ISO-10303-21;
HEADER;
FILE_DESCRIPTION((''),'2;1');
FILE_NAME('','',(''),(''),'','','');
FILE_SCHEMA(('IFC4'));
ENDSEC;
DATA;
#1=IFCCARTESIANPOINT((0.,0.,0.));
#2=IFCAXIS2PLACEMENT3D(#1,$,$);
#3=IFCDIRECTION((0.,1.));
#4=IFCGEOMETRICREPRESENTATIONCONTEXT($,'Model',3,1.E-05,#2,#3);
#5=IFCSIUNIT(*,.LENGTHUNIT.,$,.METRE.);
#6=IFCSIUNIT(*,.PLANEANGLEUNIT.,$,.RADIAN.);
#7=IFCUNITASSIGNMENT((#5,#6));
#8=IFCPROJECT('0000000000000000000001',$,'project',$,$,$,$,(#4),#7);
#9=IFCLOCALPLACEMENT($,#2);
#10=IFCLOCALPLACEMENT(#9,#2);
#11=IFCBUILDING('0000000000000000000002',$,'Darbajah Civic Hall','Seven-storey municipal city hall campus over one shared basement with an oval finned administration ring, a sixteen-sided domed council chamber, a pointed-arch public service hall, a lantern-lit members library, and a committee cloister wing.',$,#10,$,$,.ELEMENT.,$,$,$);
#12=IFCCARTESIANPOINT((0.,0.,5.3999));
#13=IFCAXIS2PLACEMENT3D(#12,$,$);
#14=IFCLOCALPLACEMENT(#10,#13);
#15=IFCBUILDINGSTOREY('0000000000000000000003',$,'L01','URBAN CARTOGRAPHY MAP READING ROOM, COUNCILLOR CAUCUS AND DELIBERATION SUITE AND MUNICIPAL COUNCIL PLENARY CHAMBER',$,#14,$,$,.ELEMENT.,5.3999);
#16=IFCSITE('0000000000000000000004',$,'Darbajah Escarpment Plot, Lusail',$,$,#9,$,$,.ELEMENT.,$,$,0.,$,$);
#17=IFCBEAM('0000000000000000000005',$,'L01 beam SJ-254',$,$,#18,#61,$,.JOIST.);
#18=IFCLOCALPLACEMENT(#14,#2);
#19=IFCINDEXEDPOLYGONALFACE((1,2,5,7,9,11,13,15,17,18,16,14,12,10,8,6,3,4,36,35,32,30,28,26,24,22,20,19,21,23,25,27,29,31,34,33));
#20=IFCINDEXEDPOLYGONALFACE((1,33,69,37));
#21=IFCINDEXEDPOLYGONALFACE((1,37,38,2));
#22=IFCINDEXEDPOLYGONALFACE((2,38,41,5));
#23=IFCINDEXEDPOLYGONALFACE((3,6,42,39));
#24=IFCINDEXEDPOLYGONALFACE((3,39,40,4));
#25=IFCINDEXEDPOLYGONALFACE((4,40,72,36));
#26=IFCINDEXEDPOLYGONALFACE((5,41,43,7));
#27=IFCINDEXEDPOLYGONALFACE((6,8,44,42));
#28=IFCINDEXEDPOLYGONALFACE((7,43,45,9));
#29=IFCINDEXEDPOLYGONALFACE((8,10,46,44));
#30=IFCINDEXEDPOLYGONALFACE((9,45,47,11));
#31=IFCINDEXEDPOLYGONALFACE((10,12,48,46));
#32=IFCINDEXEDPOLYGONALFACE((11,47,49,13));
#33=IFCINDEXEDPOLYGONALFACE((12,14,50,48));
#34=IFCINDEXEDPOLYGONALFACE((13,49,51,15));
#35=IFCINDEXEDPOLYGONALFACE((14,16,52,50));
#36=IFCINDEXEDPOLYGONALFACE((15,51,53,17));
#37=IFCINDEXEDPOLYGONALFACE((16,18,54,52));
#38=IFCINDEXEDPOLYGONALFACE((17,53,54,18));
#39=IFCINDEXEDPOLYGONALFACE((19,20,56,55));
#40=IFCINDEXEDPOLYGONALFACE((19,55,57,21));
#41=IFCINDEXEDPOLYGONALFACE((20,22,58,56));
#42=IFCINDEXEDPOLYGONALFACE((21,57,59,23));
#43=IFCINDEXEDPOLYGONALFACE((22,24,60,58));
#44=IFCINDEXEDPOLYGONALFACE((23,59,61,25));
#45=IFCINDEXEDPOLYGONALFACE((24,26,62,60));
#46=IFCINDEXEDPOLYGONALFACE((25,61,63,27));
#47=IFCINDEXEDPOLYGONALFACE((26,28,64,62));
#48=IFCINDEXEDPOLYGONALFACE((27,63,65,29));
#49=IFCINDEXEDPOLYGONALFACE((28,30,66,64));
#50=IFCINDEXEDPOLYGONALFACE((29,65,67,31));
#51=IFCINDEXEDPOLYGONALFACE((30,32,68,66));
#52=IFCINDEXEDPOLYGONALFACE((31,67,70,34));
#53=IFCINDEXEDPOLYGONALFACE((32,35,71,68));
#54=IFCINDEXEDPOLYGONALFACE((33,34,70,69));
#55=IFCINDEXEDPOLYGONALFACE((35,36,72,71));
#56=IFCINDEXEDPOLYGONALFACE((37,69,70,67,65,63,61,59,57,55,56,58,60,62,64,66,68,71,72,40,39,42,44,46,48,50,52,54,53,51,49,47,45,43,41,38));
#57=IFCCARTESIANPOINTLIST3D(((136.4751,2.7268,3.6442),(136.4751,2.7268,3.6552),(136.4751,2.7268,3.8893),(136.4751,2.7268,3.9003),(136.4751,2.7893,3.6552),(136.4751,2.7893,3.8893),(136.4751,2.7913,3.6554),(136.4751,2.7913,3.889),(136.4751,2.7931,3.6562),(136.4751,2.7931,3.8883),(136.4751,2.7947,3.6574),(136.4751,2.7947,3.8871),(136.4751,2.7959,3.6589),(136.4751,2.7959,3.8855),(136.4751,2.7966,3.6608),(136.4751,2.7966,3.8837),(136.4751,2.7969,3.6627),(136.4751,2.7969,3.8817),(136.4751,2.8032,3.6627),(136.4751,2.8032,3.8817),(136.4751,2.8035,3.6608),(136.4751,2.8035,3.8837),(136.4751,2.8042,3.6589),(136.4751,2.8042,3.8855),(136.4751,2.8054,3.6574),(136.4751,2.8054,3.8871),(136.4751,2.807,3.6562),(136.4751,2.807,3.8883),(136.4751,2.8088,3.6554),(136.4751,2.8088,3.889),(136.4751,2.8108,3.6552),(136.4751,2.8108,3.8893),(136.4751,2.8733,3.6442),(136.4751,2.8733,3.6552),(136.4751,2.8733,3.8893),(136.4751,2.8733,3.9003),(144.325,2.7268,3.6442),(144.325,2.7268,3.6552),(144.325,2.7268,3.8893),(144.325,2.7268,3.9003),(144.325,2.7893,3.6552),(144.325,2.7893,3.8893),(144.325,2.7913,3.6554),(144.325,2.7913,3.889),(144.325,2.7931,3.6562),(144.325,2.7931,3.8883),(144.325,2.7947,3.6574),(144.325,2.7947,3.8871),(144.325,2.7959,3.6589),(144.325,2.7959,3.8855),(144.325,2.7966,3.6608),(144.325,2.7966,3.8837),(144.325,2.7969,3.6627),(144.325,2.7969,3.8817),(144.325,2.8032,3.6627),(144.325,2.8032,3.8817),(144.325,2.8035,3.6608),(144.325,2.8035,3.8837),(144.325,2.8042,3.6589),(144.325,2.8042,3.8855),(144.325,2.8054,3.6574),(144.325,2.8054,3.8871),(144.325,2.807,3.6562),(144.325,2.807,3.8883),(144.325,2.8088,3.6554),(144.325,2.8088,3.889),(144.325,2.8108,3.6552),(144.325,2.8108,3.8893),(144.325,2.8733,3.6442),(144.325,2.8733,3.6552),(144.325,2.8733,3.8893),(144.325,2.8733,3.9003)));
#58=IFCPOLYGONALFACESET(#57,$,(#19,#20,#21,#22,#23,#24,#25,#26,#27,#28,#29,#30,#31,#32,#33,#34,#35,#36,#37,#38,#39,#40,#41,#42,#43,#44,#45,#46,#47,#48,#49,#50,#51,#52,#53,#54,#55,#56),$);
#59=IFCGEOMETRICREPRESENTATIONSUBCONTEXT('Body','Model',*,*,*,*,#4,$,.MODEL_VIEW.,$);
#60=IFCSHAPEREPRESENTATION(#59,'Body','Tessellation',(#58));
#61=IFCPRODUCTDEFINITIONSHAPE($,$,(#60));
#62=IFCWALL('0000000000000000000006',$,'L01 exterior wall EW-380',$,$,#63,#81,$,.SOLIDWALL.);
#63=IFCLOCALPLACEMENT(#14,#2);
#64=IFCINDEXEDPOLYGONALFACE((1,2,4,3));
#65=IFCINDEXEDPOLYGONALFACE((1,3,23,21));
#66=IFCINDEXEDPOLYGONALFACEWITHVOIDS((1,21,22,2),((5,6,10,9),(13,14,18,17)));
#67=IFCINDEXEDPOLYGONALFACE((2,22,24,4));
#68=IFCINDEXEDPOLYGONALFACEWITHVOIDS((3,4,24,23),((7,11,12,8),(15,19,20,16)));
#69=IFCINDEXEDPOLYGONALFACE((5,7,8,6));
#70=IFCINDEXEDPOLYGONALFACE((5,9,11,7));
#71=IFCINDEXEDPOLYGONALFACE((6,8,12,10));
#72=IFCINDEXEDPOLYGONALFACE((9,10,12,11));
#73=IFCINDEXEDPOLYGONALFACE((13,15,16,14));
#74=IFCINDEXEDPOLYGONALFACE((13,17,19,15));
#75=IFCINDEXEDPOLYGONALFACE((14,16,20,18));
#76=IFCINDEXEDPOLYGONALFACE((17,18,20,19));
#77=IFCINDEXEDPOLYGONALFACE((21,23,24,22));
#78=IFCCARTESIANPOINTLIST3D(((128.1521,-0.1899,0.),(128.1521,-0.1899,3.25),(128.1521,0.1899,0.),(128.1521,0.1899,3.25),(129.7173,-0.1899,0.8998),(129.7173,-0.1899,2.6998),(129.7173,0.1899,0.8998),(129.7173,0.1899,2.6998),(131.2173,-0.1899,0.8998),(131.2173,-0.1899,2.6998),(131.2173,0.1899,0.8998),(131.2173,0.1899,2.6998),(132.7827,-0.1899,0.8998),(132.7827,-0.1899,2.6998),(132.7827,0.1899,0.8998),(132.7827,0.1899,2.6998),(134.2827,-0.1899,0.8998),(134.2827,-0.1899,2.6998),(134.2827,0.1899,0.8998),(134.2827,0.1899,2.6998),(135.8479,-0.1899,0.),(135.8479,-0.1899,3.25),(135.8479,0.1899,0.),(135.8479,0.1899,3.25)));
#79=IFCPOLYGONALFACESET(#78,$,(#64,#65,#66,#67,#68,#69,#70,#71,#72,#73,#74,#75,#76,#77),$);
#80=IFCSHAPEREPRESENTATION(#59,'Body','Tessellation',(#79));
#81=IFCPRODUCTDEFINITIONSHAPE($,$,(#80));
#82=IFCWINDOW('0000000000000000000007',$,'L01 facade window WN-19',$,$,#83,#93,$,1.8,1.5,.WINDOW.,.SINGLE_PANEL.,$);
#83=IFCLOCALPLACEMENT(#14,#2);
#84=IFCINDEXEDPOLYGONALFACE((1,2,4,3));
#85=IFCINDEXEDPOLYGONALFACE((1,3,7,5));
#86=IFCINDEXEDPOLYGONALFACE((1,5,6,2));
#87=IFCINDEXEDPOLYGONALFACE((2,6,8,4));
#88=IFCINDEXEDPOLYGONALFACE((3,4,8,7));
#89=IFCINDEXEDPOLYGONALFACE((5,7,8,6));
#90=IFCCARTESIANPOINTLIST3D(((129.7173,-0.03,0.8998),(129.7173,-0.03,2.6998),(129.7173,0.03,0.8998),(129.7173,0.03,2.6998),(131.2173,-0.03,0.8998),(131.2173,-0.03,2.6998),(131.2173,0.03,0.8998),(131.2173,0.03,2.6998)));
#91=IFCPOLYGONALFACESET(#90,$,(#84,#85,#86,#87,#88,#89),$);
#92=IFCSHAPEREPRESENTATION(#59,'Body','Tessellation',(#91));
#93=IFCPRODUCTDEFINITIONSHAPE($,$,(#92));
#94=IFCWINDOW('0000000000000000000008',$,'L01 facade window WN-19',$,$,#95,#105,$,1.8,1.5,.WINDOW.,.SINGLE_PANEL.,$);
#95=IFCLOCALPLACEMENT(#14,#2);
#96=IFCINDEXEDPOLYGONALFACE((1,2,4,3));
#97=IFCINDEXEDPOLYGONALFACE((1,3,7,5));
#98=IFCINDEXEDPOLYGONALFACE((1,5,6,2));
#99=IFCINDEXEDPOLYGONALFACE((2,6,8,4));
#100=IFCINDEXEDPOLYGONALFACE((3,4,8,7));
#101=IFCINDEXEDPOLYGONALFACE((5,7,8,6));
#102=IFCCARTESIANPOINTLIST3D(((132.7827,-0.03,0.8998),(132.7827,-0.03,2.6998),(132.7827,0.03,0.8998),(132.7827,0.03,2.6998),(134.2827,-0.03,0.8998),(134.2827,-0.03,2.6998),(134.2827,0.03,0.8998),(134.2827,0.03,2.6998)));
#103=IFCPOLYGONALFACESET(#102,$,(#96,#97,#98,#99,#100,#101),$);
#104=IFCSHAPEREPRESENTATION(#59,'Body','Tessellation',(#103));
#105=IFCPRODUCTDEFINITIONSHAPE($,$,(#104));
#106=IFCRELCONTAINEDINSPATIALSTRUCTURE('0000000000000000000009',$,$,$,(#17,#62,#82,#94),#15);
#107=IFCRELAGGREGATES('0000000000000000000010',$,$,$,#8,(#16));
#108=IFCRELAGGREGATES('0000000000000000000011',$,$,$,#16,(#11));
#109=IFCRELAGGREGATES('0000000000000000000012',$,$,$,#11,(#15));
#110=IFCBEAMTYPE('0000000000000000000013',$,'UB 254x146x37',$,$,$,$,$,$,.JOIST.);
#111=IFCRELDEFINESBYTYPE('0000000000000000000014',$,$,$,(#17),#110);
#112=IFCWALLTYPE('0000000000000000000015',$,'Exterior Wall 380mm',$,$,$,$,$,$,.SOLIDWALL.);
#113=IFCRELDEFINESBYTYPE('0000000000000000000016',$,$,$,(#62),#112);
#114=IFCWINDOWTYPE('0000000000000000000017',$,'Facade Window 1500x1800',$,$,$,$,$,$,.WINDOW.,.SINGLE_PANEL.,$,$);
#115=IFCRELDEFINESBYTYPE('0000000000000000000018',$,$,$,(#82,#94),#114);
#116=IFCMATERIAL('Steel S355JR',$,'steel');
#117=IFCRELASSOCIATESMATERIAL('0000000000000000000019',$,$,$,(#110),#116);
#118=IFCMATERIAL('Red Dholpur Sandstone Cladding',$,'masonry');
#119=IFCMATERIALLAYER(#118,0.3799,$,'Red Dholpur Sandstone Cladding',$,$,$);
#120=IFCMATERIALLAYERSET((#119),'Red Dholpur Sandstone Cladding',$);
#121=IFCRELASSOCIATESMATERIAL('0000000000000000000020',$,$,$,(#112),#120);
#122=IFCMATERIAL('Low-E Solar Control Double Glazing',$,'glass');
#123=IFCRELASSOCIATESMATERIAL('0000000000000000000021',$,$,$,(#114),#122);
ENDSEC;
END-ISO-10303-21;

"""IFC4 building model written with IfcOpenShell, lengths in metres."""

from ifc_helpers import new_model, si_unit, direction, frame, frame_2d, origin, origin_2d, place, context, subcontext, project, spatial, rectangle, i_section, extrude, material, layer, layer_set, material_profile, profile_set, type_object, element, fill, save


model = new_model("IFC4")

# Units and contexts
model_context = context("Model", 3, precision=1e-05, world=origin(), true_north=direction((0.0, 1.0)))
body_context = subcontext(model_context, "Body", "Model", "MODEL_VIEW")
ifc_project = project(units=[si_unit("LENGTHUNIT", "METRE"), si_unit("PLANEANGLEUNIT", "RADIAN")], contexts=[model_context])

# Site, building, storey
site_placement = place(None, origin())
site = spatial("IfcSite", under=ifc_project, at=site_placement, Name="Darbajah Escarpment Plot, Lusail", CompositionType="ELEMENT", RefElevation=0.0)
building_placement = place(site_placement, origin())
building = spatial("IfcBuilding", under=site, at=building_placement, Name="Darbajah Civic Hall", Description="Seven-storey municipal city hall campus over one shared basement with an oval finned administration ring, a sixteen-sided domed council chamber, a pointed-arch public service hall, a lantern-lit members library, and a committee cloister wing.", CompositionType="ELEMENT")
storey_placement = place(building_placement, frame((0.0, 0.0, 5.3999)))
storey = spatial("IfcBuildingStorey", under=building, at=storey_placement, Name="L01", Description="URBAN CARTOGRAPHY MAP READING ROOM, COUNCILLOR CAUCUS AND DELIBERATION SUITE AND MUNICIPAL COUNCIL PLENARY CHAMBER", CompositionType="ELEMENT", Elevation=5.3999)

# Beam
ifc_material_1 = material(Name="Steel S355JR", Category="steel")
ifc_material_profile_1 = material_profile(ifc_material_1, i_section(OverallWidth=0.1465, OverallDepth=0.2561, WebThickness=0.0063, FlangeThickness=0.011, FilletRadius=0.0076, at=origin_2d()), Name="UB 254x146x37")
ifc_profile_set_1 = profile_set([ifc_material_profile_1], Name="Steel S355JR")
beam_type_1 = type_object("IfcBeamType", Name="UB 254x146x37", PredefinedType="JOIST", material=ifc_profile_set_1)
beam_1_placement = place(storey_placement, frame((136.4751, 2.8, 3.7722), z_axis=(1.0, 0.0, 0.0), x_axis=(0.0, 1.0, 0.0)))
element("IfcBeam", 1, at=beam_1_placement, inside=storey, type_object=beam_type_1, Name="L01 beam SJ-254", PredefinedType="JOIST", context=body_context, shape_type="SweptSolid", body=[
    extrude(i_section(OverallWidth=0.1465, OverallDepth=0.2561, WebThickness=0.0063, FlangeThickness=0.011, FilletRadius=0.0076, at=origin_2d()), origin(), (0.0, 0.0, 1.0), 7.8499),
])

# Wall, openings, windows
ifc_material_2 = material(Name="Red Dholpur Sandstone Cladding", Category="masonry")
ifc_layer = layer(ifc_material_2, 0.3799, Name="Red Dholpur Sandstone Cladding")
ifc_layer_set = layer_set([ifc_layer], Name="Red Dholpur Sandstone Cladding")
wall_type = type_object("IfcWallType", Name="Exterior Wall 380mm", PredefinedType="SOLIDWALL", material=ifc_layer_set)
wall_placement = place(storey_placement, frame((128.1521, 0.0, 0.0), z_axis=(0.0, 0.0, 1.0), x_axis=(1.0, 0.0, 0.0)))
wall = element("IfcWall", 2, at=wall_placement, inside=storey, type_object=wall_type, Name="L01 exterior wall EW-380", PredefinedType="SOLIDWALL", context=body_context, shape_type="SweptSolid", body=[
    extrude(rectangle(XDim=7.6958, YDim=0.3799, at=frame_2d((3.8479, 0.0))), origin(), (0.0, 0.0, 1.0), 3.25),
])
opening_1_placement = place(wall_placement, frame((1.5652, 0.0, 0.8999)))
opening_1 = element("IfcOpeningElement", 3, at=opening_1_placement, cuts=wall, PredefinedType="OPENING", context=body_context, shape_type="SweptSolid", body=[
    extrude(rectangle(XDim=1.5, YDim=1.8, at=frame_2d((0.75, 0.8999))), frame((0.0, 0.2, 0.0), z_axis=(0.0, -1.0, 0.0), x_axis=(1.0, 0.0, 0.0)), (0.0, 0.0, 1.0), 0.3999),
])
opening_2_placement = place(wall_placement, frame((4.6306, 0.0, 0.8999)))
opening_2 = element("IfcOpeningElement", 4, at=opening_2_placement, cuts=wall, PredefinedType="OPENING", context=body_context, shape_type="SweptSolid", body=[
    extrude(rectangle(XDim=1.5, YDim=1.8, at=frame_2d((0.75, 0.8999))), frame((0.0, 0.2, 0.0), z_axis=(0.0, -1.0, 0.0), x_axis=(1.0, 0.0, 0.0)), (0.0, 0.0, 1.0), 0.3999),
])
ifc_material_3 = material(Name="Low-E Solar Control Double Glazing", Category="glass")
window_type = type_object("IfcWindowType", Name="Facade Window 1500x1800", PartitioningType="SINGLE_PANEL", PredefinedType="WINDOW", material=ifc_material_3)
window_1_placement = place(opening_1_placement, origin())
window_1 = element("IfcWindow", 5, at=window_1_placement, inside=storey, type_object=window_type, Name="L01 facade window WN-19", OverallHeight=1.8, OverallWidth=1.5, PartitioningType="SINGLE_PANEL", PredefinedType="WINDOW", context=body_context, shape_type="SweptSolid", body=[
    extrude(rectangle(XDim=1.5, YDim=1.8, at=frame_2d((0.75, 0.8999))), frame((0.0, 0.03, 0.0), z_axis=(0.0, -1.0, 0.0), x_axis=(1.0, 0.0, 0.0)), (0.0, 0.0, 1.0), 0.0601),
])
fill(opening_1, window_1)
window_2_placement = place(opening_2_placement, origin())
window_2 = element("IfcWindow", 6, at=window_2_placement, inside=storey, type_object=window_type, Name="L01 facade window WN-19", OverallHeight=1.8, OverallWidth=1.5, PartitioningType="SINGLE_PANEL", PredefinedType="WINDOW", context=body_context, shape_type="SweptSolid", body=[
    extrude(rectangle(XDim=1.5, YDim=1.8, at=frame_2d((0.75, 0.8999))), frame((0.0, 0.03, 0.0), z_axis=(0.0, -1.0, 0.0), x_axis=(1.0, 0.0, 0.0)), (0.0, 0.0, 1.0), 0.0601),
])
fill(opening_2, window_2)

save(model, "model.ifc")
